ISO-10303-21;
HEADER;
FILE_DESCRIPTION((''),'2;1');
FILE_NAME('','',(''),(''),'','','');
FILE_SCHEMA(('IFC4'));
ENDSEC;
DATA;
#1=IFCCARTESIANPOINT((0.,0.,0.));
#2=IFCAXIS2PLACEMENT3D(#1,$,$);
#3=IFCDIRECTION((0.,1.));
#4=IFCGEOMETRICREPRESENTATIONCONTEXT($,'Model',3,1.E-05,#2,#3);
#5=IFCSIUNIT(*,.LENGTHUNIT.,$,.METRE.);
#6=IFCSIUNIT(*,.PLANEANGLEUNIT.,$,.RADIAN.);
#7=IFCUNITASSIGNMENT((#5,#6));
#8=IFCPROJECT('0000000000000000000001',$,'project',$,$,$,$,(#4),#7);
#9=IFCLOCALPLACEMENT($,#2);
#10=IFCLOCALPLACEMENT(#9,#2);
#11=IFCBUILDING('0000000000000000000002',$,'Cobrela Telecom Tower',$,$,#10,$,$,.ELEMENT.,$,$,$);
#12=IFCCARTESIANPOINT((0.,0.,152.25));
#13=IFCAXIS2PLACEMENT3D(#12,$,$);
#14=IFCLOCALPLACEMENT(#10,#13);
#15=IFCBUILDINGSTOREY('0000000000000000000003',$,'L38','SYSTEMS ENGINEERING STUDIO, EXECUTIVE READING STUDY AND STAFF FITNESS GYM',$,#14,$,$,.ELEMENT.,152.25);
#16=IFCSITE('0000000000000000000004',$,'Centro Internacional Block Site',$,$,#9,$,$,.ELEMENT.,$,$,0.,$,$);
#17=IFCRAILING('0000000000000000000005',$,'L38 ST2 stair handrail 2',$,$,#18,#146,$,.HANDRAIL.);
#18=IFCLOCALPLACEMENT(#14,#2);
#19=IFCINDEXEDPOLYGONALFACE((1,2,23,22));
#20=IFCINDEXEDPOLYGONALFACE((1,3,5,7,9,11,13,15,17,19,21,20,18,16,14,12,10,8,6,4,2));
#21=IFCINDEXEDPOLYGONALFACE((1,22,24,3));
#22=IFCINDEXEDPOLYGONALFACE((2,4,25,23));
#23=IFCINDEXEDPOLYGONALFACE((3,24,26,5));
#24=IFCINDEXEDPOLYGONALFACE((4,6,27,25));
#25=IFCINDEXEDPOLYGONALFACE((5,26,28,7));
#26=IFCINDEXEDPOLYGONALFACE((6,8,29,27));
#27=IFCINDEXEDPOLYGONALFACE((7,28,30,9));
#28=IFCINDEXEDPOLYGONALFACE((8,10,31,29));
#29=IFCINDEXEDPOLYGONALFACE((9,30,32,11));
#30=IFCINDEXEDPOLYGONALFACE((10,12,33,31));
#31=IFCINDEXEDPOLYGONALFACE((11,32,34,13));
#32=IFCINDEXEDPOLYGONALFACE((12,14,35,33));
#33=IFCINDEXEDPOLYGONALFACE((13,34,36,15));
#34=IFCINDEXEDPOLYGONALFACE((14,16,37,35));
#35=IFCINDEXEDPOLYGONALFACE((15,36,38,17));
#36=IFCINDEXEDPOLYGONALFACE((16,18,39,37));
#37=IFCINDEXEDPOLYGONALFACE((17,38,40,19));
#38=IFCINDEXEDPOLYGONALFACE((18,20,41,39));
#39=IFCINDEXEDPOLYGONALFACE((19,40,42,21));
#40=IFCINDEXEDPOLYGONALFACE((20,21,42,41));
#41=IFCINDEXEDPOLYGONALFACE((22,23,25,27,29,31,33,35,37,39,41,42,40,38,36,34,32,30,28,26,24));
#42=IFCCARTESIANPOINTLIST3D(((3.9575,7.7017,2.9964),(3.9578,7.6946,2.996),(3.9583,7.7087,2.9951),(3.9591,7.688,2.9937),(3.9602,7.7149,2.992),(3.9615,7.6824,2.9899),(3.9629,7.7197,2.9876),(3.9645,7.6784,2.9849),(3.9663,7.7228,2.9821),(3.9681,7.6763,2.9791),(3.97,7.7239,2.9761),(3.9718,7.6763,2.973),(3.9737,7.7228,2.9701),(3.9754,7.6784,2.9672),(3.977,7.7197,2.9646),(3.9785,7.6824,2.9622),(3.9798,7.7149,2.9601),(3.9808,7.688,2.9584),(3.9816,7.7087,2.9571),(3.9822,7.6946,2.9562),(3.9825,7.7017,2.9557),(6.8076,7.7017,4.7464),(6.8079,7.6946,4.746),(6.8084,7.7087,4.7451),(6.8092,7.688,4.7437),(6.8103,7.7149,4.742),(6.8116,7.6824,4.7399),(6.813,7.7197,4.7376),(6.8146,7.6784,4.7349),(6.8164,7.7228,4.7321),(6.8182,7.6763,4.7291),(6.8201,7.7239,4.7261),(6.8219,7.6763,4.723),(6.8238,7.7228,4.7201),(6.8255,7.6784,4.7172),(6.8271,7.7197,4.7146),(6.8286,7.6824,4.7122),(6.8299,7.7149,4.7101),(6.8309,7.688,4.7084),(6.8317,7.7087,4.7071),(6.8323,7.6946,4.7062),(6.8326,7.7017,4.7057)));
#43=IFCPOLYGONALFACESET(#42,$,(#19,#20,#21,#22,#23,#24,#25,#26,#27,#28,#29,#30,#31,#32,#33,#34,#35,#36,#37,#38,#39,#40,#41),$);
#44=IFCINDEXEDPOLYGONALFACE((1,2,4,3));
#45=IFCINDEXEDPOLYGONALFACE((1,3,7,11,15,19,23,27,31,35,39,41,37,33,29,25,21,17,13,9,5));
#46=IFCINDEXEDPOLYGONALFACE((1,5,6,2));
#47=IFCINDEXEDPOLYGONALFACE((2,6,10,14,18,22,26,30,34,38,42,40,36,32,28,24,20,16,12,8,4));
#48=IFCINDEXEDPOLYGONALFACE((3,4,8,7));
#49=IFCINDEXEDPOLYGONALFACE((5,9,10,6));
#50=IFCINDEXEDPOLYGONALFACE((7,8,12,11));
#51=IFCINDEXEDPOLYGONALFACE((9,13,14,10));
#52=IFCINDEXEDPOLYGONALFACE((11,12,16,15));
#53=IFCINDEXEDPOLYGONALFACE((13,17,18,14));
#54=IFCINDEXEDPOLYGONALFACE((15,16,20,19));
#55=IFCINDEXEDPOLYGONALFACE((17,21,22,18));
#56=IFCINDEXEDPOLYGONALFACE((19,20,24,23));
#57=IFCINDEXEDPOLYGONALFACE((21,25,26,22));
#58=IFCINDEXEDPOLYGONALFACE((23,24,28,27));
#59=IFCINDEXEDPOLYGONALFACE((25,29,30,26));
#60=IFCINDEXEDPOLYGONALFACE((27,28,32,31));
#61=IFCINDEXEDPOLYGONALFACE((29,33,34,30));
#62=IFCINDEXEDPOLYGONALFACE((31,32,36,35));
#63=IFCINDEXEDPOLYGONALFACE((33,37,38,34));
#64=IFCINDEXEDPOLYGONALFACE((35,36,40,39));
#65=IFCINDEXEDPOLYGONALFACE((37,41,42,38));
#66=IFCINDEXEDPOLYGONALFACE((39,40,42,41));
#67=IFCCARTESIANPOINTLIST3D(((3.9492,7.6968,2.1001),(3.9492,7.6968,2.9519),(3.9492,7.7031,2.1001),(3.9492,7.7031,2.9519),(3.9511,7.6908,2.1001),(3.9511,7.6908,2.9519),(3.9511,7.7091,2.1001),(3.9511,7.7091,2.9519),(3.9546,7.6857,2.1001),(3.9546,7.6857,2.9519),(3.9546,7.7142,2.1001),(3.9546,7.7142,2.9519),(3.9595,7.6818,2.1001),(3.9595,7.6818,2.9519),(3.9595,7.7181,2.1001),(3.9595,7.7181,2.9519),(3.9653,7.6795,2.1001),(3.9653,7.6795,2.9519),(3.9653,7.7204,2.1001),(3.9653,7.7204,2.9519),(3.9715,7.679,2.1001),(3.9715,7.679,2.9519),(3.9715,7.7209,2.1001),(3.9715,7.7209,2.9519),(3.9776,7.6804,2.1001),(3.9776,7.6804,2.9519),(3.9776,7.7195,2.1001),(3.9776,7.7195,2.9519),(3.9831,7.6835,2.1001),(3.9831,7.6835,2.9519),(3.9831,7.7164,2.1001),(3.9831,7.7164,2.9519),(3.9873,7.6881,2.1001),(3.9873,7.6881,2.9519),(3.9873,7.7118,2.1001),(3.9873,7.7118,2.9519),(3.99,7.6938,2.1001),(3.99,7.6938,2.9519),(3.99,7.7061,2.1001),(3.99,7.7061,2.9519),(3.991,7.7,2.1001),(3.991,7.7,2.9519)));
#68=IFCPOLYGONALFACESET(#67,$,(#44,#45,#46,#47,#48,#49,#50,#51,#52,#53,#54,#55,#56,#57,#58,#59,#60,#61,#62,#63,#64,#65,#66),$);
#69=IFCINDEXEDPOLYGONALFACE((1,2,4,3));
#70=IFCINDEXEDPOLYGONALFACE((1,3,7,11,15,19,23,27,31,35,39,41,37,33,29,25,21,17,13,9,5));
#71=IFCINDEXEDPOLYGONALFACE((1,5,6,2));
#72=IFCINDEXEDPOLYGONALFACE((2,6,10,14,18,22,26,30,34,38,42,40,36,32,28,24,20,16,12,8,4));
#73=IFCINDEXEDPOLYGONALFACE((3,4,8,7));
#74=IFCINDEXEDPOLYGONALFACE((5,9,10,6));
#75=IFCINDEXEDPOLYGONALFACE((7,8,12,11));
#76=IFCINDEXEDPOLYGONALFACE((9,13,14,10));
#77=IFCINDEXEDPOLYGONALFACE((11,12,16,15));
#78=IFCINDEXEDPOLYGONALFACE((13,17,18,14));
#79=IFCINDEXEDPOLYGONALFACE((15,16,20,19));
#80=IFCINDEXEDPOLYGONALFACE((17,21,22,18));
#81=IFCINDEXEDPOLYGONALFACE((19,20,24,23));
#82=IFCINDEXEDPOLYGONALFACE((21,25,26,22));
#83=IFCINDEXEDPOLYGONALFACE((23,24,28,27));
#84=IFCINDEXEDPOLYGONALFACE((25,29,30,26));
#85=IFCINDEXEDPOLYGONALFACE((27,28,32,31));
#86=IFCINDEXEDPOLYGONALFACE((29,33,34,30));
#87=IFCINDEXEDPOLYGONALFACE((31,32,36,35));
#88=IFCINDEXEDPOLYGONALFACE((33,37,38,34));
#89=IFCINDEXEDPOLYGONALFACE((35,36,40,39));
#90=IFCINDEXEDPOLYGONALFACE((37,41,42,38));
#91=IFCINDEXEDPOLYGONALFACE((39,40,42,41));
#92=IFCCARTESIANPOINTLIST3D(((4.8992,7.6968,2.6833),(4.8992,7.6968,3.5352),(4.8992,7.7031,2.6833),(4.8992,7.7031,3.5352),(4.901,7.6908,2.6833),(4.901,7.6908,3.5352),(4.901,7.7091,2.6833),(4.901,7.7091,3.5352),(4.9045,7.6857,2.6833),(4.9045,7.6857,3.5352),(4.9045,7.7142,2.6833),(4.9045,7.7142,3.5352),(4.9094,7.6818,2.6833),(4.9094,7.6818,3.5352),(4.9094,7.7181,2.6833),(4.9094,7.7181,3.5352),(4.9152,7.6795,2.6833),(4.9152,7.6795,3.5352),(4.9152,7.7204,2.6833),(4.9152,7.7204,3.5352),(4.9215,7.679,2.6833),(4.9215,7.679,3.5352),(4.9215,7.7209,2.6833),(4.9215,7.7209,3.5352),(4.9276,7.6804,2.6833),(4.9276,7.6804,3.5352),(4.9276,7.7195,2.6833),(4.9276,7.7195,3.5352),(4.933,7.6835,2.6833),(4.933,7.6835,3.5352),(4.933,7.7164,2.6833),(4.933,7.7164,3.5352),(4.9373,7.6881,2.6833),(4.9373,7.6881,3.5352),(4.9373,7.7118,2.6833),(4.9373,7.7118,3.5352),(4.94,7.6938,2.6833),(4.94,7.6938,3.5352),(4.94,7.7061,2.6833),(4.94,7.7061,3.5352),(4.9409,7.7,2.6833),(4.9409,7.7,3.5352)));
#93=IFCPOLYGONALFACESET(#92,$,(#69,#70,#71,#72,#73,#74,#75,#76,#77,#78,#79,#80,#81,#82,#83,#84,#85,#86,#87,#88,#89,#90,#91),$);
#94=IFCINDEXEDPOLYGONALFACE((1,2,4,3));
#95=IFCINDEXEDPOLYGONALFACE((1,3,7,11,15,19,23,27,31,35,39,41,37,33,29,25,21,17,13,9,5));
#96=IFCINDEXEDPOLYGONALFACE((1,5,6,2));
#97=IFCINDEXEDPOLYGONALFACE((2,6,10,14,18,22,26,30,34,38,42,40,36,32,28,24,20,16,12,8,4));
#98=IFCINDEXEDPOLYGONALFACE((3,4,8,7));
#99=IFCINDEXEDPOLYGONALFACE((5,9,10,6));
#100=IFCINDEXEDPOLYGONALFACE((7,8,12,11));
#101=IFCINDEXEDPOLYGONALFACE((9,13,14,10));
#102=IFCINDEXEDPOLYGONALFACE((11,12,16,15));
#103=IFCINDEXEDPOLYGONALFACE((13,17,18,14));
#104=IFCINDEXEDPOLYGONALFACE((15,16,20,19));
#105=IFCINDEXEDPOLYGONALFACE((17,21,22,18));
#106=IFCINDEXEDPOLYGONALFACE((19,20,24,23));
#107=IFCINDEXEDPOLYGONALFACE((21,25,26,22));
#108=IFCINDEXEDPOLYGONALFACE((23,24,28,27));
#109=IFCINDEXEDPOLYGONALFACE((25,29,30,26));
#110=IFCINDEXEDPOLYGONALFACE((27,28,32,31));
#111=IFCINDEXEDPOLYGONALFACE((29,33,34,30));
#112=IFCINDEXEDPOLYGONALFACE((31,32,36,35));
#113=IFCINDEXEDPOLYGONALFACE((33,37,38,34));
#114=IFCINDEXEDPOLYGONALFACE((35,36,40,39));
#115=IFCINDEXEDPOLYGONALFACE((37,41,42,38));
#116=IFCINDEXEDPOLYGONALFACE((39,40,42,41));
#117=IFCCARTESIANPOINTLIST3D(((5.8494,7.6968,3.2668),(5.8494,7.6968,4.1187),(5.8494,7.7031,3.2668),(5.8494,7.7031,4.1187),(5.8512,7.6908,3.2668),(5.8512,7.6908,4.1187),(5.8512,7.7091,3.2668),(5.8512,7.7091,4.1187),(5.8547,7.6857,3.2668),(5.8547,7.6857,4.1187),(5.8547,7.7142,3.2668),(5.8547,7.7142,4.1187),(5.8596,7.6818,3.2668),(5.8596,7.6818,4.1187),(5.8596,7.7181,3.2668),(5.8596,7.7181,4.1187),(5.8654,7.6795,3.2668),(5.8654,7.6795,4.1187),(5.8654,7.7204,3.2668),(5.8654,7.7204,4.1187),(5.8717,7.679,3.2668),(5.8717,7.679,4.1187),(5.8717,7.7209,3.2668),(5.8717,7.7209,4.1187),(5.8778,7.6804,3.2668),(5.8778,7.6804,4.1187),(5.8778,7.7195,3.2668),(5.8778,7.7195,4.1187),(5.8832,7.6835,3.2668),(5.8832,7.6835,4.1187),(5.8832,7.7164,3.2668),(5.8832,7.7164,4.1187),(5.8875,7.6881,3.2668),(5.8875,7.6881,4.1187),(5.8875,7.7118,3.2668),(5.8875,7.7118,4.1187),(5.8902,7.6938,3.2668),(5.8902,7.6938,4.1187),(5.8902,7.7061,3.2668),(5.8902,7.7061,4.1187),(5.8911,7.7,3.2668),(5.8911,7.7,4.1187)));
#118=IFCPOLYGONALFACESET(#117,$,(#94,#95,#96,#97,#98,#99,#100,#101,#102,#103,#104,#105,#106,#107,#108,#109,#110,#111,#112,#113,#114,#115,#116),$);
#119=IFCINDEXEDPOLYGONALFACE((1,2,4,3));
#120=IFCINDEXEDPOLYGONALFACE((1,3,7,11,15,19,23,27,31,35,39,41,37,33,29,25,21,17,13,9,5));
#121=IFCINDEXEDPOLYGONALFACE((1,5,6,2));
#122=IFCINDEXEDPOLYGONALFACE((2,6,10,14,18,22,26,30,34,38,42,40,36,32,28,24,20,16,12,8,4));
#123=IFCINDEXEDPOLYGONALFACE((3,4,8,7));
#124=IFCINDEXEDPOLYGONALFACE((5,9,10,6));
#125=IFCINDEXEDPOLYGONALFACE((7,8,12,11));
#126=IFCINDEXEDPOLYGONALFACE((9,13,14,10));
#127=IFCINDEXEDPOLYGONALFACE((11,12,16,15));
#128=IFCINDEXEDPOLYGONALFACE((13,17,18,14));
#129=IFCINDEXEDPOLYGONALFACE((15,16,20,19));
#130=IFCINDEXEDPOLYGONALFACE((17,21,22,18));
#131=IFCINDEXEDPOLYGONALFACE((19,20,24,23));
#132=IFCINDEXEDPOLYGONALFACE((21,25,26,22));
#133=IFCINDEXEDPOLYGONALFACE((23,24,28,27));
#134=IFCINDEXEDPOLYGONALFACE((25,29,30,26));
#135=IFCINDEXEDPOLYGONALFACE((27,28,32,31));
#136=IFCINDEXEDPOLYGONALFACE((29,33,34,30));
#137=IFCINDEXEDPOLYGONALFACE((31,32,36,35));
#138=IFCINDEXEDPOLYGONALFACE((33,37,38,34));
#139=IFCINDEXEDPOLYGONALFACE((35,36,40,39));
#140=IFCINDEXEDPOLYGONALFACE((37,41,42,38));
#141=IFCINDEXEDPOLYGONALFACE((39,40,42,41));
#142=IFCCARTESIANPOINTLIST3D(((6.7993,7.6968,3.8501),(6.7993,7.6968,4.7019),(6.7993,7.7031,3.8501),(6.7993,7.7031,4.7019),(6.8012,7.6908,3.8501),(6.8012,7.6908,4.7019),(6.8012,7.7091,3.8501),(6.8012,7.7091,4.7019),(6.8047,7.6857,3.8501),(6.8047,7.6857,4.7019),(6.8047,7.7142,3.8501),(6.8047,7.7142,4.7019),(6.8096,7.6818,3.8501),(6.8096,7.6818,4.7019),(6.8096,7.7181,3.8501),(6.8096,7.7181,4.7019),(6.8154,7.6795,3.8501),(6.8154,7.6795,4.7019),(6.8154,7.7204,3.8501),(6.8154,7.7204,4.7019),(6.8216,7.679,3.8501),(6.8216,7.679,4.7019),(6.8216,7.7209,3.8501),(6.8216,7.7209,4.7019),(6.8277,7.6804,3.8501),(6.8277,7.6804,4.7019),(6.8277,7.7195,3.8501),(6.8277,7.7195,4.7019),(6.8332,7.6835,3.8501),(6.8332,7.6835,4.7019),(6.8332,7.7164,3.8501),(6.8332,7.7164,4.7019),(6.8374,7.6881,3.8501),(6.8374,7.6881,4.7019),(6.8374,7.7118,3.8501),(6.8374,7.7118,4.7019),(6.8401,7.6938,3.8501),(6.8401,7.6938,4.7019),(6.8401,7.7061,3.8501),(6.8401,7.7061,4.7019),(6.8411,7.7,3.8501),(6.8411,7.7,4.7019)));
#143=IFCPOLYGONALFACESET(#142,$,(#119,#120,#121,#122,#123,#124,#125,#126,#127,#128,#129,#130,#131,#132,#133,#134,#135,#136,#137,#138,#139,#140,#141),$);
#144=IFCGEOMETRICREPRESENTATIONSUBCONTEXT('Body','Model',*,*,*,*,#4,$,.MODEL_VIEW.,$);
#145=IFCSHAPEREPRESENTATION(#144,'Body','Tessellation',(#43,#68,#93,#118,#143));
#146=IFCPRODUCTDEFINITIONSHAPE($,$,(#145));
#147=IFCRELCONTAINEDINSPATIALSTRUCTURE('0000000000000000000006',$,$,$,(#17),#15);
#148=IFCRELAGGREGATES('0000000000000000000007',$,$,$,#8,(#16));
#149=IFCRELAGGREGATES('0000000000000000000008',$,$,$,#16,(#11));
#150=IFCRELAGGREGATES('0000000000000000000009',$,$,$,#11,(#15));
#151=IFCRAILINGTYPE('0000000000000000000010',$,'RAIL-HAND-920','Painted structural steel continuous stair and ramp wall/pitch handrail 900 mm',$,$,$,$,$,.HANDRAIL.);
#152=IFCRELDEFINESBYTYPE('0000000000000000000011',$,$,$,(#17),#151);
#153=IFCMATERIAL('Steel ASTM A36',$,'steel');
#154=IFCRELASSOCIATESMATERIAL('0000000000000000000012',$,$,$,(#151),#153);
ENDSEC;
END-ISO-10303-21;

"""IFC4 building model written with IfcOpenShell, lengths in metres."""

from ifc_helpers import new_model, si_unit, direction, frame, origin, origin_2d, place, context, subcontext, project, spatial, circle, extrude, material, type_object, element, save


model = new_model("IFC4")

# Units and contexts
model_context = context("Model", 3, precision=1e-05, world=origin(), true_north=direction((0.0, 1.0)))
body_context = subcontext(model_context, "Body", "Model", "MODEL_VIEW")
ifc_project = project(units=[si_unit("LENGTHUNIT", "METRE"), si_unit("PLANEANGLEUNIT", "RADIAN")], contexts=[model_context])

# Site, building, storey
site_placement = place(None, origin())
site = spatial("IfcSite", under=ifc_project, at=site_placement, Name="Centro Internacional Block Site", CompositionType="ELEMENT", RefElevation=0.0)
building_placement = place(site_placement, origin())
building = spatial("IfcBuilding", under=site, at=building_placement, Name="Cobrela Telecom Tower", CompositionType="ELEMENT")
storey_placement = place(building_placement, frame((0.0, 0.0, 152.25)))
storey = spatial("IfcBuildingStorey", under=building, at=storey_placement, Name="L38", Description="SYSTEMS ENGINEERING STUDIO, EXECUTIVE READING STUDY AND STAFF FITNESS GYM", CompositionType="ELEMENT", Elevation=152.25)

# Railing
ifc_material_1 = material(Name="Steel ASTM A36", Category="steel")
railing_type = type_object("IfcRailingType", Name="RAIL-HAND-920", Description="Painted structural steel continuous stair and ramp wall/pitch handrail 900 mm", PredefinedType="HANDRAIL", material=ifc_material_1)
railing_placement = place(storey_placement, frame((3.97, 7.7, 2.1001)))
element("IfcRailing", 1, at=railing_placement, inside=storey, type_object=railing_type, Name="L38 ST2 stair handrail 2", PredefinedType="HANDRAIL", context=body_context, shape_type="SweptSolid", body=[
    extrude(circle(Radius=0.0239, at=origin_2d()), frame((0.0, 0.0, 0.876), z_axis=(0.852179, 0.0, 0.52325), x_axis=(0.0, 1.0, 0.0)), (0.0, 0.0, 1.0), 3.3445),
    extrude(circle(Radius=0.021, at=origin_2d()), origin(), (0.0, 0.0, 1.0), 0.8518),
    extrude(circle(Radius=0.021, at=origin_2d()), frame((0.95, 0.0, 0.5833)), (0.0, 0.0, 1.0), 0.8518),
    extrude(circle(Radius=0.021, at=origin_2d()), frame((1.9001, 0.0, 1.1667)), (0.0, 0.0, 1.0), 0.8518),
    extrude(circle(Radius=0.021, at=origin_2d()), frame((2.8501, 0.0, 1.75)), (0.0, 0.0, 1.0), 0.8518),
])

save(model, "model.ifc")
